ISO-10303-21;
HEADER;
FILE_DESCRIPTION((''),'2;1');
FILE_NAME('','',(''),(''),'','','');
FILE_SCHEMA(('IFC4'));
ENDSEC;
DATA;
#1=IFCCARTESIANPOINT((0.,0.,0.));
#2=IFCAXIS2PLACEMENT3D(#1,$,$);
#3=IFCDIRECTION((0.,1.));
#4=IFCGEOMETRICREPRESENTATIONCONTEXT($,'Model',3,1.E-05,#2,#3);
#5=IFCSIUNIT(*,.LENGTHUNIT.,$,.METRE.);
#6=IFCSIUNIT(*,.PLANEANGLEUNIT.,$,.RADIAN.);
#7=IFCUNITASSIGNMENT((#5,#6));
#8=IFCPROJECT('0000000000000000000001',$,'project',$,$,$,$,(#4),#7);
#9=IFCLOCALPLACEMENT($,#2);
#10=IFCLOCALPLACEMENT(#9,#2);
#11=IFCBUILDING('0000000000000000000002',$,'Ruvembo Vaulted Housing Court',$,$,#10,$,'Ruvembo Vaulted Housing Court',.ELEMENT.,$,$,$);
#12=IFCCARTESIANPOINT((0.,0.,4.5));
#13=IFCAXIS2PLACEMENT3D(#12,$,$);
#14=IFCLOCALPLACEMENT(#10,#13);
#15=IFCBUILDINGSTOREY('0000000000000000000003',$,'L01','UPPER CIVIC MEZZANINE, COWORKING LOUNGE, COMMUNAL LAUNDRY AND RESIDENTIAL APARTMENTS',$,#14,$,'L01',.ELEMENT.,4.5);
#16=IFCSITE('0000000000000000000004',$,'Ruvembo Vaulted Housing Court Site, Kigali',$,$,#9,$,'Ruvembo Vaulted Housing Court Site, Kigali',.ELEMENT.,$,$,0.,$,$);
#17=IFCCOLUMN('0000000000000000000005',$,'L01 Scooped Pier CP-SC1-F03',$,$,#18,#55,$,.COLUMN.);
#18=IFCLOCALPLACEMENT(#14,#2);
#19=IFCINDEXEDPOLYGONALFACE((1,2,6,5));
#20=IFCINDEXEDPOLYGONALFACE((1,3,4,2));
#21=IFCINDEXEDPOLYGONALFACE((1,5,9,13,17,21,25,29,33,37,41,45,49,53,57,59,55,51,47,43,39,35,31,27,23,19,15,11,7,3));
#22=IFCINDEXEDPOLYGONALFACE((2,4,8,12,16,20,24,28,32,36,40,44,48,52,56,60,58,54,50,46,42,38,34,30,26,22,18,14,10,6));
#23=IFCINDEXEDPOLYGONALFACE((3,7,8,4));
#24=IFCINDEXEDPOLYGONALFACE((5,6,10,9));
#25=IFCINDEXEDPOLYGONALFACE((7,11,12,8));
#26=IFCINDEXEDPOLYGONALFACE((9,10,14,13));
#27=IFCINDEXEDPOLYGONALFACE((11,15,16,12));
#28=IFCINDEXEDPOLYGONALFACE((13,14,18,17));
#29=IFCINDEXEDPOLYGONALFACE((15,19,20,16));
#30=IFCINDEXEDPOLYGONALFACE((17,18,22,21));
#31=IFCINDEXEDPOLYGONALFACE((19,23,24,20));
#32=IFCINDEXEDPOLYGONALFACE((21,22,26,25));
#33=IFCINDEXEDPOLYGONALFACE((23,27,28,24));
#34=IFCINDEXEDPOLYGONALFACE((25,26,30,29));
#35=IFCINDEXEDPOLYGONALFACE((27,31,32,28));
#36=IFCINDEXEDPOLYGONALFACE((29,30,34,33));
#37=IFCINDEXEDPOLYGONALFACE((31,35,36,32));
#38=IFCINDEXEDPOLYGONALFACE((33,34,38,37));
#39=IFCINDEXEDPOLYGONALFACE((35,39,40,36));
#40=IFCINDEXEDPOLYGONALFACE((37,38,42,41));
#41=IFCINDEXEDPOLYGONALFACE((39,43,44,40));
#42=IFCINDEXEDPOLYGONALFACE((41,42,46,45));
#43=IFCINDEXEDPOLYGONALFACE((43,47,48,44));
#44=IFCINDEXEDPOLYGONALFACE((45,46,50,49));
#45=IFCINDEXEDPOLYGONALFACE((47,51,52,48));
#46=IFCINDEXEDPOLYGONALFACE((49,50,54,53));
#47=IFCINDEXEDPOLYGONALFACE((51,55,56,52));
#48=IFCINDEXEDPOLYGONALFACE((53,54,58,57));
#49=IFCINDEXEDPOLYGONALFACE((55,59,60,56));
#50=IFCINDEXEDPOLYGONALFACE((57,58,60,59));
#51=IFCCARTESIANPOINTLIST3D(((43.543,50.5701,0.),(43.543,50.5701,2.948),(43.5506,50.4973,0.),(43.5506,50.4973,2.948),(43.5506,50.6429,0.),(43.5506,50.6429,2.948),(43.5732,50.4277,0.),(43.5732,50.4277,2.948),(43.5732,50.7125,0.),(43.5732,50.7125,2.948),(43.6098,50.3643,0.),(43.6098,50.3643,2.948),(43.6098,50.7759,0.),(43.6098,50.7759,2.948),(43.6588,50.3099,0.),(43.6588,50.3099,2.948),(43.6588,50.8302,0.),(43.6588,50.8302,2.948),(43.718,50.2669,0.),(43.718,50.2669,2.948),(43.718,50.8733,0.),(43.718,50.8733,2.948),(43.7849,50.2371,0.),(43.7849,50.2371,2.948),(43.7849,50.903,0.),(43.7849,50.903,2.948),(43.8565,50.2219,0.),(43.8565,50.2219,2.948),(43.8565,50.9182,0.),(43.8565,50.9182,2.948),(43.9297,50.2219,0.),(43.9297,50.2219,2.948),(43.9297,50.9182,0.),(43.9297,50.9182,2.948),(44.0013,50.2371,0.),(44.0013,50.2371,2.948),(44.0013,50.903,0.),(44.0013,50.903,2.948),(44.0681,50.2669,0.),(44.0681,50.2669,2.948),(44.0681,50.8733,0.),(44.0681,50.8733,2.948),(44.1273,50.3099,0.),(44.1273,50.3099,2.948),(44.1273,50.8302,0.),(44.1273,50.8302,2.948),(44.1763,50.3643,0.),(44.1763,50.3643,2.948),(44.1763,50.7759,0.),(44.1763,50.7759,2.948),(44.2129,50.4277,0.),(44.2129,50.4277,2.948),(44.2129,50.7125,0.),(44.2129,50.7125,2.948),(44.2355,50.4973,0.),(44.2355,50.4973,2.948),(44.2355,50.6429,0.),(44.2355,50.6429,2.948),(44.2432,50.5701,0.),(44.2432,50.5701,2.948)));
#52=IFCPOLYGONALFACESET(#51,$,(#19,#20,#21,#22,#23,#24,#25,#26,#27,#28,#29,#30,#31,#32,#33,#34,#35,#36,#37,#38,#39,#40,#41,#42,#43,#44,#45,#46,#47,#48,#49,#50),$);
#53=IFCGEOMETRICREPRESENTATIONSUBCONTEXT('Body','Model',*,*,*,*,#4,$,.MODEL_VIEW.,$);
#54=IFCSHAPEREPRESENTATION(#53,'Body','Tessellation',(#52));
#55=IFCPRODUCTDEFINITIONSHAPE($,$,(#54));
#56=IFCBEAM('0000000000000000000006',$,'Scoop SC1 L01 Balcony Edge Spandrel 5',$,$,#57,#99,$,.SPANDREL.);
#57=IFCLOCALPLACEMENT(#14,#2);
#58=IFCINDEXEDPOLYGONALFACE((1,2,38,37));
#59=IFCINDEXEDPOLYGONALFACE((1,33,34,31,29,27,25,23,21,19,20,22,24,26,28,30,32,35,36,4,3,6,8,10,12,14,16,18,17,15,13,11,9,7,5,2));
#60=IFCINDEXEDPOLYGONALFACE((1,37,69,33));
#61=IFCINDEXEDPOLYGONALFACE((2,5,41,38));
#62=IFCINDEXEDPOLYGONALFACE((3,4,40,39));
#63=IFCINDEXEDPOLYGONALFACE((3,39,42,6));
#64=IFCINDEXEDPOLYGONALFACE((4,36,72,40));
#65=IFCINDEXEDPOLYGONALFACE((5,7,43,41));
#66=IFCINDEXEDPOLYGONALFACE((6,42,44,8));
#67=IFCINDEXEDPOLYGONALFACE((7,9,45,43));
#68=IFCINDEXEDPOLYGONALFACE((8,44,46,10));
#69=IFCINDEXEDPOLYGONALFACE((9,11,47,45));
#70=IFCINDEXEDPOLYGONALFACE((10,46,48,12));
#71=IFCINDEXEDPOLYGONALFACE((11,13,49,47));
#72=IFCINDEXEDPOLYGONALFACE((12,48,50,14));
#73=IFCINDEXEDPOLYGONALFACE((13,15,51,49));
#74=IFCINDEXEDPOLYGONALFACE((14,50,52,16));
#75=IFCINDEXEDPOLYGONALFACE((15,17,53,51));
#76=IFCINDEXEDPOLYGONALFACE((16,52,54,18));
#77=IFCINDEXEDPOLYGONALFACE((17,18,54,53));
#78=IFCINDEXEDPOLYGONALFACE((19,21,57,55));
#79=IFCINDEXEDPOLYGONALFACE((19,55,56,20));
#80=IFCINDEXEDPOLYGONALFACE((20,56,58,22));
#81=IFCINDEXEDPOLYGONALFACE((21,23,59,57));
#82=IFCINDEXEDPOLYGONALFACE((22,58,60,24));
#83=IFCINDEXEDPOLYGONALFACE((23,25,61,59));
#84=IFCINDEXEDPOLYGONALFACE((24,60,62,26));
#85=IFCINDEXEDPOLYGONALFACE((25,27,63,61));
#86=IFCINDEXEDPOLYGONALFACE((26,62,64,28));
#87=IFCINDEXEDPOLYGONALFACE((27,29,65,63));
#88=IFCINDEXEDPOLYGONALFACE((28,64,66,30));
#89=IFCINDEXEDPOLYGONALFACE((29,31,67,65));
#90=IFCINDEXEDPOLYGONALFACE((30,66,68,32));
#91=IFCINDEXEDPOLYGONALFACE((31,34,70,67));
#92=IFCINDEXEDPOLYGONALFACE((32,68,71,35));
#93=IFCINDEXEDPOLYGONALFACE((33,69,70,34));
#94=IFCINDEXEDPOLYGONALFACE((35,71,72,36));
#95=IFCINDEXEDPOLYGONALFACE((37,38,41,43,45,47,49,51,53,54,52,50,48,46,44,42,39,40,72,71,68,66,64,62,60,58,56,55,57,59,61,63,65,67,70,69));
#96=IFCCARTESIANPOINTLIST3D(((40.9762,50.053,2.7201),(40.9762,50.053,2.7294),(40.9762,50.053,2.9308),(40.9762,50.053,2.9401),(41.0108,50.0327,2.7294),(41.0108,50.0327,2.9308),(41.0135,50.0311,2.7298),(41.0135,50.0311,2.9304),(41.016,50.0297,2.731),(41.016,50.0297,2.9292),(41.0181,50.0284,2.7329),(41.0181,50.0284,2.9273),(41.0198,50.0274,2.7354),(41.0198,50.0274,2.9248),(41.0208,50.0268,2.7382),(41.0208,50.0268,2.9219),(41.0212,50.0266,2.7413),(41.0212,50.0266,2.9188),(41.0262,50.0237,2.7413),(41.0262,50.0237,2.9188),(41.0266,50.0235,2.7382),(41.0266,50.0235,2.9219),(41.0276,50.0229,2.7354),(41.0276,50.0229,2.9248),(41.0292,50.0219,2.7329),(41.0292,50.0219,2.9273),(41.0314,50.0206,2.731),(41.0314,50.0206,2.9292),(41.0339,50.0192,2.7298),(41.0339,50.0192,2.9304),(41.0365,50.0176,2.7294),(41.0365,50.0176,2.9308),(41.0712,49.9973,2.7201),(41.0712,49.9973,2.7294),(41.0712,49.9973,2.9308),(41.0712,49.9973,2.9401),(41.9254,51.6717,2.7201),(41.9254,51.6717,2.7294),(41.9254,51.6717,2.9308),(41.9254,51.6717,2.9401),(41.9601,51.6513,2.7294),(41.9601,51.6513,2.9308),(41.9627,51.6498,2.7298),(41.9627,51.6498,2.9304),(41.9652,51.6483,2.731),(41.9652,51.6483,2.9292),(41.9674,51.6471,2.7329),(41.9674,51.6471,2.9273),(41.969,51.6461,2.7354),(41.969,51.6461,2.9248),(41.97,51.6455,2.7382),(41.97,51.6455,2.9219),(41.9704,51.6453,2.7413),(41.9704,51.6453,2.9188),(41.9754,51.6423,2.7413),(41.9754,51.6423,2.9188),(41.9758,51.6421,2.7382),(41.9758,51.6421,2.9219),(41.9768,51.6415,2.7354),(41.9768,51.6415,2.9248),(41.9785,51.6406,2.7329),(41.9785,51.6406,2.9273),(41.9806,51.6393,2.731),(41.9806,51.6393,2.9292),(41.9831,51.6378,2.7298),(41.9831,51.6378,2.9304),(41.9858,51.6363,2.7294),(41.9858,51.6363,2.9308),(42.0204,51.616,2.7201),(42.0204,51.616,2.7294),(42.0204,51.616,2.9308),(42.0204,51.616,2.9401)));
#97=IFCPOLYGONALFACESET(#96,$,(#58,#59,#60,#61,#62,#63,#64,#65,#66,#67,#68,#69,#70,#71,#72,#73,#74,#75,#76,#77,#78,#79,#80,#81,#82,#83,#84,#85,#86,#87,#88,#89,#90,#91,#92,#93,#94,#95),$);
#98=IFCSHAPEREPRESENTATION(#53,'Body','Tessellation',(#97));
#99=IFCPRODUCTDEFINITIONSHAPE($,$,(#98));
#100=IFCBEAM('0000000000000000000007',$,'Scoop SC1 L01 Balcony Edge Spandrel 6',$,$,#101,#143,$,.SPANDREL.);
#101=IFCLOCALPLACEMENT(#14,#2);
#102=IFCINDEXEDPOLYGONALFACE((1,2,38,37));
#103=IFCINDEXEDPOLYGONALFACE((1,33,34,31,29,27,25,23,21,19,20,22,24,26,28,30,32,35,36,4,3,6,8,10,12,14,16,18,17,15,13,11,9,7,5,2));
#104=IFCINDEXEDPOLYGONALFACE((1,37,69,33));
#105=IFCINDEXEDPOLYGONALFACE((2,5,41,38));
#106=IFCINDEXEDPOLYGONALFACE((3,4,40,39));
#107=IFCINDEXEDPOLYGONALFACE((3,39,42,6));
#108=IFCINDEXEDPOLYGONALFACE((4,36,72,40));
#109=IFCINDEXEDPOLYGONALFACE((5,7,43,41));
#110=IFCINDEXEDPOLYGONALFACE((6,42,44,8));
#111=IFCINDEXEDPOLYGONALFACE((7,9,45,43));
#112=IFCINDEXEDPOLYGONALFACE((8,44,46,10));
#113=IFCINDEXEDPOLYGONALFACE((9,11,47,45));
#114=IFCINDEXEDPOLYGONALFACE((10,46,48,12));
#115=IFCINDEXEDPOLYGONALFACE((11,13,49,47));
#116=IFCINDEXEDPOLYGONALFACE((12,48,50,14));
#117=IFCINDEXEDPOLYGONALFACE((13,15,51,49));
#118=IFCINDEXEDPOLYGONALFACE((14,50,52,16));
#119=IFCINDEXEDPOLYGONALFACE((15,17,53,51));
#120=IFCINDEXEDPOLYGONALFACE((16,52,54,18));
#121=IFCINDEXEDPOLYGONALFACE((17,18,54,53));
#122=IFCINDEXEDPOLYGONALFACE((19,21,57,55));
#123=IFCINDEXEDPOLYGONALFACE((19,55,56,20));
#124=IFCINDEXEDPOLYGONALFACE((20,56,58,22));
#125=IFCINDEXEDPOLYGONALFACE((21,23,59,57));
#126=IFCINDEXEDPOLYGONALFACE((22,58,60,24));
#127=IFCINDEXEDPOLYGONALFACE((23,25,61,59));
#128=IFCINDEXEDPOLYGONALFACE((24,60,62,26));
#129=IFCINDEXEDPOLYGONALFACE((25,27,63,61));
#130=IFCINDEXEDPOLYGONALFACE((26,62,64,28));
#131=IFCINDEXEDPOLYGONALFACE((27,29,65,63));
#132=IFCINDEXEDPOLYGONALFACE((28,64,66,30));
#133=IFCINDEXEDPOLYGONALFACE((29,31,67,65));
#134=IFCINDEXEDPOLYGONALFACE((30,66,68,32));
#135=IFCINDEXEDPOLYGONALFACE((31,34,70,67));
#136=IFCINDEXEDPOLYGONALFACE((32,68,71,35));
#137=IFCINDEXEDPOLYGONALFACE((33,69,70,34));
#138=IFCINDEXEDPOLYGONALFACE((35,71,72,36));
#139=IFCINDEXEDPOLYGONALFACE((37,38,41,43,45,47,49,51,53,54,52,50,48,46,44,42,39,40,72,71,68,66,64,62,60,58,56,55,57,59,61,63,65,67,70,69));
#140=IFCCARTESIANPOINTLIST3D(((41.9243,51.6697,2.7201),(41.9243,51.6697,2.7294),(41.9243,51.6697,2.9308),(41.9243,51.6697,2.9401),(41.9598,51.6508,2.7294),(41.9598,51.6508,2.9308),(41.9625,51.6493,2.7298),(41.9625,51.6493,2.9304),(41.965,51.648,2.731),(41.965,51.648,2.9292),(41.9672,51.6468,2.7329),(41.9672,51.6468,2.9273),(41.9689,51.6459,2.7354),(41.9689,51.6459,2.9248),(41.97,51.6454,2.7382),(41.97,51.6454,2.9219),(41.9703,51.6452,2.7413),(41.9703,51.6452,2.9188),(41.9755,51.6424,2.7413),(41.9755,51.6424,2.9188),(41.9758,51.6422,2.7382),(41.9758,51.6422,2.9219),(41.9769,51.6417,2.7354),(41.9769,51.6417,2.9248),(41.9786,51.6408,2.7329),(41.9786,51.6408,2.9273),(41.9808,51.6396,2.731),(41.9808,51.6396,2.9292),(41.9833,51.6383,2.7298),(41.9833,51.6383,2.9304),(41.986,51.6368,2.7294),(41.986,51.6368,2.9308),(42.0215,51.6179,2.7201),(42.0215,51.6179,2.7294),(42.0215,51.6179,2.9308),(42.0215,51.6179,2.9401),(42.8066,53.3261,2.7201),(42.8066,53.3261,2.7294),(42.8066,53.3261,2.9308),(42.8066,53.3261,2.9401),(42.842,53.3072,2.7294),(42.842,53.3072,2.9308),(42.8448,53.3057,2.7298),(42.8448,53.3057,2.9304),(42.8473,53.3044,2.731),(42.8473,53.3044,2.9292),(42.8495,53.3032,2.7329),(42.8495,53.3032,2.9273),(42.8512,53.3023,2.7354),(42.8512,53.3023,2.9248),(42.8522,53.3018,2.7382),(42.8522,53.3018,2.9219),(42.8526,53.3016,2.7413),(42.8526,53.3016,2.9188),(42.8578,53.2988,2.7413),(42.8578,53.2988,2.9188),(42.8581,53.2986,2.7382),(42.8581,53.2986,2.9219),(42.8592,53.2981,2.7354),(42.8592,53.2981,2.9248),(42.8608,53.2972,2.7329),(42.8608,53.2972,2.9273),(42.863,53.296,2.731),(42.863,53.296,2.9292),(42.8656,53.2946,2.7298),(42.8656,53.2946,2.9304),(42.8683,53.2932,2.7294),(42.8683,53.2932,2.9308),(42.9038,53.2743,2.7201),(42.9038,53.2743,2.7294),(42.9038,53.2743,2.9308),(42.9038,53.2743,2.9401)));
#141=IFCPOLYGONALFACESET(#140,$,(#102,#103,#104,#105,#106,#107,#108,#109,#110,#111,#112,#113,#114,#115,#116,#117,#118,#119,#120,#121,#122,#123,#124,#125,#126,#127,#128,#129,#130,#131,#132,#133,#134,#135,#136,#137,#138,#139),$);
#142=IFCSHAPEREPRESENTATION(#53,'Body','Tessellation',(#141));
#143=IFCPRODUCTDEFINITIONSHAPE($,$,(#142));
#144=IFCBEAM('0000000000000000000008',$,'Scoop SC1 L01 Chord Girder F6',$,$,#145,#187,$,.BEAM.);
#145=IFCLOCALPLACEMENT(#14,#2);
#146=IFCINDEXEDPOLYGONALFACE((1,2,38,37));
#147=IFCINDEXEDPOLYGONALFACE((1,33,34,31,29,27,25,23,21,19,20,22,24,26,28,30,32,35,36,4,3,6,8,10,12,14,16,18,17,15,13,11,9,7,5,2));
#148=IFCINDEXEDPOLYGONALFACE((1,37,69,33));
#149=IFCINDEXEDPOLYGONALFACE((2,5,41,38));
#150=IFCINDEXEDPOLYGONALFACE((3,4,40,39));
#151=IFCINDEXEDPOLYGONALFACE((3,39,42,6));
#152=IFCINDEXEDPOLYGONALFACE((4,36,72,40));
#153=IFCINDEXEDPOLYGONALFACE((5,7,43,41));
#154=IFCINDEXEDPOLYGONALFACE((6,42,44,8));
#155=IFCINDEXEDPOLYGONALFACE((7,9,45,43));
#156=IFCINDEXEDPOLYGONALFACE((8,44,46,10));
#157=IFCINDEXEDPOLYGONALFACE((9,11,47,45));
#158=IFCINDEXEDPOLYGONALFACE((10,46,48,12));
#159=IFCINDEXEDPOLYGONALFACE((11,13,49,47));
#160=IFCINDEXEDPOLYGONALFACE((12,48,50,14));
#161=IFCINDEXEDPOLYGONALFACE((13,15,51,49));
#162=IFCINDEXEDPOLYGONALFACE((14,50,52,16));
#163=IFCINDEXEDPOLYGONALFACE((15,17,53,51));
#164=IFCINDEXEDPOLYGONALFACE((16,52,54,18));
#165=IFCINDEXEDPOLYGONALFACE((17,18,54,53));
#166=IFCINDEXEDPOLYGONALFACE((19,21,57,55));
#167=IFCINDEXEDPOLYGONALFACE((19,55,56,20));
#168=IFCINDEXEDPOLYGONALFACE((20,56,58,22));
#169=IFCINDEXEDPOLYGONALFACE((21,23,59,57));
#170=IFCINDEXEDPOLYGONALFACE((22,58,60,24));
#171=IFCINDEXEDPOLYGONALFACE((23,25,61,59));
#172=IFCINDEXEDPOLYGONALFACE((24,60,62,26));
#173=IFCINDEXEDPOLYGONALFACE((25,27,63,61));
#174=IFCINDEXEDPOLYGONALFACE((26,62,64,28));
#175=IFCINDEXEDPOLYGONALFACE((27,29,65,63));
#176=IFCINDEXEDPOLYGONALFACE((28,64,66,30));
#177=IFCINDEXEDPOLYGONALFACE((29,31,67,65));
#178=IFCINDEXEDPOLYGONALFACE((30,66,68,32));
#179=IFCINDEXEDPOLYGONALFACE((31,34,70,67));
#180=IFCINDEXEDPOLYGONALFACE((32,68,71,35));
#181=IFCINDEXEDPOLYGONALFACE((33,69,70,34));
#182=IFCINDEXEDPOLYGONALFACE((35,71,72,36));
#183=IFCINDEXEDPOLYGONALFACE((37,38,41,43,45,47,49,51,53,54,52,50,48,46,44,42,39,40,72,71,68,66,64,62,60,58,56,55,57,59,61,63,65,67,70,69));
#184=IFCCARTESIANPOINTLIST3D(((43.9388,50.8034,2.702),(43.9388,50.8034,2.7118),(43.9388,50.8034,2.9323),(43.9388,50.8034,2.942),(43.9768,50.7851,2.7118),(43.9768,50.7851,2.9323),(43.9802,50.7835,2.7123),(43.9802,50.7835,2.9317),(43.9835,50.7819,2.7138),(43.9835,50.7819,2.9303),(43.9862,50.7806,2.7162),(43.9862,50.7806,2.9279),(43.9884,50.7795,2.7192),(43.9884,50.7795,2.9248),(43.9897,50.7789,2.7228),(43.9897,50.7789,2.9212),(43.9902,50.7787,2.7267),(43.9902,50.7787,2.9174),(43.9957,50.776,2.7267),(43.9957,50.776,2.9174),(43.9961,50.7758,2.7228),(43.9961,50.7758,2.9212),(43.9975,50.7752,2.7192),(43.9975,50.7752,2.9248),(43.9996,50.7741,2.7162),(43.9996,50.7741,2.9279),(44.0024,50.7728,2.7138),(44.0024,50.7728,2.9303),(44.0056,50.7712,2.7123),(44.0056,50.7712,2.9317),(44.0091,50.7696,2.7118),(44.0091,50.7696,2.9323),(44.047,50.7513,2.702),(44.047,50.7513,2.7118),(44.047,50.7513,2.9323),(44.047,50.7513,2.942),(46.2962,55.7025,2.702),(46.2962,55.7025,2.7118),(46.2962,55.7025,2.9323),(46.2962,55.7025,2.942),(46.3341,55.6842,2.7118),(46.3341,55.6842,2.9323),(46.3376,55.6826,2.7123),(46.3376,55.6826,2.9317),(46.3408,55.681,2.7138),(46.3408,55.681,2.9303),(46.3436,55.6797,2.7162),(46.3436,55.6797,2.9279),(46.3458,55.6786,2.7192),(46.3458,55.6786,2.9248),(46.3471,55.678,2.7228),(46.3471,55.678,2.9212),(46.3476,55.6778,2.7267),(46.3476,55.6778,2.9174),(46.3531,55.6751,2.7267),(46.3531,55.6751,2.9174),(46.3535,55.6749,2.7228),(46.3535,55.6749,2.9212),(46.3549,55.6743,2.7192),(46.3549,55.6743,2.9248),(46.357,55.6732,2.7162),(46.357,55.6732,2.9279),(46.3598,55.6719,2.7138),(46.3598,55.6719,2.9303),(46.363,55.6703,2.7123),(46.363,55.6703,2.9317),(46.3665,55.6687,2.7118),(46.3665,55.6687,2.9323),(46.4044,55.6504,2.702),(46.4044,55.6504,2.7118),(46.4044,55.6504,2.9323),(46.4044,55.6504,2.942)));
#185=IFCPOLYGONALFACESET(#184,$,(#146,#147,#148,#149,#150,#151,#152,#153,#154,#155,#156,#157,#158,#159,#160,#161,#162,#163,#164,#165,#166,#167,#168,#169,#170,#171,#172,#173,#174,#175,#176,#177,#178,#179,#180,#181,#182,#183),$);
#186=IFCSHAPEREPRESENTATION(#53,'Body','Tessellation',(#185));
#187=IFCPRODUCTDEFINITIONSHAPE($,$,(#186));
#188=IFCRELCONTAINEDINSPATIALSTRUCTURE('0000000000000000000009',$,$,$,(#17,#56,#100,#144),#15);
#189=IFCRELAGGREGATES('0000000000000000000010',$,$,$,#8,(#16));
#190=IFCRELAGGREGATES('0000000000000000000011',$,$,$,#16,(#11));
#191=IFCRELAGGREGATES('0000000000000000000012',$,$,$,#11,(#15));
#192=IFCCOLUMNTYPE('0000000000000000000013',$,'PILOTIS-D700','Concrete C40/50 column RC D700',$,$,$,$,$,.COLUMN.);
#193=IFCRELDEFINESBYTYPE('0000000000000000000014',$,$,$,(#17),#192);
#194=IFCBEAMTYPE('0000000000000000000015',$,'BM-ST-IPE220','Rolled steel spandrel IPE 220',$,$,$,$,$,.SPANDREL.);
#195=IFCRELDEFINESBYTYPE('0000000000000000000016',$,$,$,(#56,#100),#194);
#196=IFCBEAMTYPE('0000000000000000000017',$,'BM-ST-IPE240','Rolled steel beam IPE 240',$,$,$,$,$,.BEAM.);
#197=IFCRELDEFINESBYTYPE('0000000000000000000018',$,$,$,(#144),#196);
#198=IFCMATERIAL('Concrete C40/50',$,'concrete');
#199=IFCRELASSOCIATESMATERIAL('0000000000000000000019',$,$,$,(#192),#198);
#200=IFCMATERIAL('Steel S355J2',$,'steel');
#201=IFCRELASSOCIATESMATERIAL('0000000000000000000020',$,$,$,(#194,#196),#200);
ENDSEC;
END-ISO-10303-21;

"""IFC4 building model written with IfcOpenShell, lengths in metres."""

from ifc_helpers import new_model, si_unit, direction, frame, origin, origin_2d, place, context, subcontext, project, spatial, circle, i_section, extrude, material, material_profile, profile_set, type_object, element, save


model = new_model("IFC4")

# Units and contexts
model_context = context("Model", 3, precision=1e-05, world=origin(), true_north=direction((0.0, 1.0)))
body_context = subcontext(model_context, "Body", "Model", "MODEL_VIEW")
ifc_project = project(units=[si_unit("LENGTHUNIT", "METRE"), si_unit("PLANEANGLEUNIT", "RADIAN")], contexts=[model_context])

# Site, building, storey
site_placement = place(None, origin())
site = spatial("IfcSite", under=ifc_project, at=site_placement, Name="Ruvembo Vaulted Housing Court Site, Kigali", LongName="Ruvembo Vaulted Housing Court Site, Kigali", CompositionType="ELEMENT", RefElevation=0.0)
building_placement = place(site_placement, origin())
building = spatial("IfcBuilding", under=site, at=building_placement, Name="Ruvembo Vaulted Housing Court", LongName="Ruvembo Vaulted Housing Court", CompositionType="ELEMENT")
storey_placement = place(building_placement, frame((0.0, 0.0, 4.5)))
storey = spatial("IfcBuildingStorey", under=building, at=storey_placement, Name="L01", Description="UPPER CIVIC MEZZANINE, COWORKING LOUNGE, COMMUNAL LAUNDRY AND RESIDENTIAL APARTMENTS", LongName="L01", CompositionType="ELEMENT", Elevation=4.5)

# Column
ifc_material_1 = material(Name="Concrete C40/50", Category="concrete")
ifc_material_profile_1 = material_profile(ifc_material_1, circle(Radius=0.3501, at=origin_2d()), Name="RC D700")
ifc_profile_set_1 = profile_set([ifc_material_profile_1], Name="Concrete C40/50")
column_type = type_object("IfcColumnType", Name="PILOTIS-D700", Description="Concrete C40/50 column RC D700", PredefinedType="COLUMN", material=ifc_profile_set_1)
column_placement = place(storey_placement, frame((43.8931, 50.5701, 0.0), z_axis=(0.0, 0.0, 1.0), x_axis=(1.0, 0.0, 0.0)))
element("IfcColumn", 1, at=column_placement, inside=storey, type_object=column_type, Name="L01 Scooped Pier CP-SC1-F03", PredefinedType="COLUMN", context=body_context, shape_type="SweptSolid", body=[
    extrude(circle(Radius=0.3501, at=origin_2d()), origin(), (0.0, 0.0, 1.0), 2.948),
])

# Beams
ifc_material_2 = material(Name="Steel S355J2", Category="steel")
ifc_material_profile_2 = material_profile(ifc_material_2, i_section(OverallWidth=0.1101, OverallDepth=0.22, WebThickness=0.0059, FlangeThickness=0.0093, FilletRadius=0.012, at=origin_2d()), Name="IPE 220")
ifc_profile_set_2 = profile_set([ifc_material_profile_2], Name="Steel S355J2")
beam_type_1 = type_object("IfcBeamType", Name="BM-ST-IPE220", Description="Rolled steel spandrel IPE 220", PredefinedType="SPANDREL", material=ifc_profile_set_2)
beam_1_placement = place(storey_placement, frame((41.0237, 50.0251, 2.8301), z_axis=(0.50586, 0.862616, 0.0), x_axis=(-0.862616, 0.50586, 0.0)))
element("IfcBeam", 2, at=beam_1_placement, inside=storey, type_object=beam_type_1, Name="Scoop SC1 L01 Balcony Edge Spandrel 5", PredefinedType="SPANDREL", context=body_context, shape_type="SweptSolid", body=[
    extrude(i_section(OverallWidth=0.1101, OverallDepth=0.22, WebThickness=0.0059, FlangeThickness=0.0093, FilletRadius=0.012, at=origin_2d()), origin(), (0.0, 0.0, 1.0), 1.8765),
])
beam_2_placement = place(storey_placement, frame((41.9729, 51.6438, 2.8301), z_axis=(0.470116, 0.882605, 0.0), x_axis=(-0.882605, 0.470116, 0.0)))
element("IfcBeam", 3, at=beam_2_placement, inside=storey, type_object=beam_type_1, Name="Scoop SC1 L01 Balcony Edge Spandrel 6", PredefinedType="SPANDREL", context=body_context, shape_type="SweptSolid", body=[
    extrude(i_section(OverallWidth=0.1101, OverallDepth=0.22, WebThickness=0.0059, FlangeThickness=0.0093, FilletRadius=0.012, at=origin_2d()), origin(), (0.0, 0.0, 1.0), 1.8767),
])
ifc_material_profile_3 = material_profile(ifc_material_2, i_section(OverallWidth=0.1201, OverallDepth=0.24, WebThickness=0.0061, FlangeThickness=0.0098, FilletRadius=0.0149, at=origin_2d()), Name="IPE 240")
ifc_profile_set_3 = profile_set([ifc_material_profile_3], Name="Steel S355J2")
beam_type_2 = type_object("IfcBeamType", Name="BM-ST-IPE240", Description="Rolled steel beam IPE 240", PredefinedType="BEAM", material=ifc_profile_set_3)
beam_3_placement = place(storey_placement, frame((43.9929, 50.7773, 2.822), z_axis=(0.433601, 0.901105, 0.0), x_axis=(-0.901105, 0.433601, 0.0)))
element("IfcBeam", 4, at=beam_3_placement, inside=storey, type_object=beam_type_2, Name="Scoop SC1 L01 Chord Girder F6", PredefinedType="BEAM", context=body_context, shape_type="SweptSolid", body=[
    extrude(i_section(OverallWidth=0.1201, OverallDepth=0.24, WebThickness=0.0061, FlangeThickness=0.0098, FilletRadius=0.0149, at=origin_2d()), origin(), (0.0, 0.0, 1.0), 5.4368),
])

save(model, "model.ifc")
